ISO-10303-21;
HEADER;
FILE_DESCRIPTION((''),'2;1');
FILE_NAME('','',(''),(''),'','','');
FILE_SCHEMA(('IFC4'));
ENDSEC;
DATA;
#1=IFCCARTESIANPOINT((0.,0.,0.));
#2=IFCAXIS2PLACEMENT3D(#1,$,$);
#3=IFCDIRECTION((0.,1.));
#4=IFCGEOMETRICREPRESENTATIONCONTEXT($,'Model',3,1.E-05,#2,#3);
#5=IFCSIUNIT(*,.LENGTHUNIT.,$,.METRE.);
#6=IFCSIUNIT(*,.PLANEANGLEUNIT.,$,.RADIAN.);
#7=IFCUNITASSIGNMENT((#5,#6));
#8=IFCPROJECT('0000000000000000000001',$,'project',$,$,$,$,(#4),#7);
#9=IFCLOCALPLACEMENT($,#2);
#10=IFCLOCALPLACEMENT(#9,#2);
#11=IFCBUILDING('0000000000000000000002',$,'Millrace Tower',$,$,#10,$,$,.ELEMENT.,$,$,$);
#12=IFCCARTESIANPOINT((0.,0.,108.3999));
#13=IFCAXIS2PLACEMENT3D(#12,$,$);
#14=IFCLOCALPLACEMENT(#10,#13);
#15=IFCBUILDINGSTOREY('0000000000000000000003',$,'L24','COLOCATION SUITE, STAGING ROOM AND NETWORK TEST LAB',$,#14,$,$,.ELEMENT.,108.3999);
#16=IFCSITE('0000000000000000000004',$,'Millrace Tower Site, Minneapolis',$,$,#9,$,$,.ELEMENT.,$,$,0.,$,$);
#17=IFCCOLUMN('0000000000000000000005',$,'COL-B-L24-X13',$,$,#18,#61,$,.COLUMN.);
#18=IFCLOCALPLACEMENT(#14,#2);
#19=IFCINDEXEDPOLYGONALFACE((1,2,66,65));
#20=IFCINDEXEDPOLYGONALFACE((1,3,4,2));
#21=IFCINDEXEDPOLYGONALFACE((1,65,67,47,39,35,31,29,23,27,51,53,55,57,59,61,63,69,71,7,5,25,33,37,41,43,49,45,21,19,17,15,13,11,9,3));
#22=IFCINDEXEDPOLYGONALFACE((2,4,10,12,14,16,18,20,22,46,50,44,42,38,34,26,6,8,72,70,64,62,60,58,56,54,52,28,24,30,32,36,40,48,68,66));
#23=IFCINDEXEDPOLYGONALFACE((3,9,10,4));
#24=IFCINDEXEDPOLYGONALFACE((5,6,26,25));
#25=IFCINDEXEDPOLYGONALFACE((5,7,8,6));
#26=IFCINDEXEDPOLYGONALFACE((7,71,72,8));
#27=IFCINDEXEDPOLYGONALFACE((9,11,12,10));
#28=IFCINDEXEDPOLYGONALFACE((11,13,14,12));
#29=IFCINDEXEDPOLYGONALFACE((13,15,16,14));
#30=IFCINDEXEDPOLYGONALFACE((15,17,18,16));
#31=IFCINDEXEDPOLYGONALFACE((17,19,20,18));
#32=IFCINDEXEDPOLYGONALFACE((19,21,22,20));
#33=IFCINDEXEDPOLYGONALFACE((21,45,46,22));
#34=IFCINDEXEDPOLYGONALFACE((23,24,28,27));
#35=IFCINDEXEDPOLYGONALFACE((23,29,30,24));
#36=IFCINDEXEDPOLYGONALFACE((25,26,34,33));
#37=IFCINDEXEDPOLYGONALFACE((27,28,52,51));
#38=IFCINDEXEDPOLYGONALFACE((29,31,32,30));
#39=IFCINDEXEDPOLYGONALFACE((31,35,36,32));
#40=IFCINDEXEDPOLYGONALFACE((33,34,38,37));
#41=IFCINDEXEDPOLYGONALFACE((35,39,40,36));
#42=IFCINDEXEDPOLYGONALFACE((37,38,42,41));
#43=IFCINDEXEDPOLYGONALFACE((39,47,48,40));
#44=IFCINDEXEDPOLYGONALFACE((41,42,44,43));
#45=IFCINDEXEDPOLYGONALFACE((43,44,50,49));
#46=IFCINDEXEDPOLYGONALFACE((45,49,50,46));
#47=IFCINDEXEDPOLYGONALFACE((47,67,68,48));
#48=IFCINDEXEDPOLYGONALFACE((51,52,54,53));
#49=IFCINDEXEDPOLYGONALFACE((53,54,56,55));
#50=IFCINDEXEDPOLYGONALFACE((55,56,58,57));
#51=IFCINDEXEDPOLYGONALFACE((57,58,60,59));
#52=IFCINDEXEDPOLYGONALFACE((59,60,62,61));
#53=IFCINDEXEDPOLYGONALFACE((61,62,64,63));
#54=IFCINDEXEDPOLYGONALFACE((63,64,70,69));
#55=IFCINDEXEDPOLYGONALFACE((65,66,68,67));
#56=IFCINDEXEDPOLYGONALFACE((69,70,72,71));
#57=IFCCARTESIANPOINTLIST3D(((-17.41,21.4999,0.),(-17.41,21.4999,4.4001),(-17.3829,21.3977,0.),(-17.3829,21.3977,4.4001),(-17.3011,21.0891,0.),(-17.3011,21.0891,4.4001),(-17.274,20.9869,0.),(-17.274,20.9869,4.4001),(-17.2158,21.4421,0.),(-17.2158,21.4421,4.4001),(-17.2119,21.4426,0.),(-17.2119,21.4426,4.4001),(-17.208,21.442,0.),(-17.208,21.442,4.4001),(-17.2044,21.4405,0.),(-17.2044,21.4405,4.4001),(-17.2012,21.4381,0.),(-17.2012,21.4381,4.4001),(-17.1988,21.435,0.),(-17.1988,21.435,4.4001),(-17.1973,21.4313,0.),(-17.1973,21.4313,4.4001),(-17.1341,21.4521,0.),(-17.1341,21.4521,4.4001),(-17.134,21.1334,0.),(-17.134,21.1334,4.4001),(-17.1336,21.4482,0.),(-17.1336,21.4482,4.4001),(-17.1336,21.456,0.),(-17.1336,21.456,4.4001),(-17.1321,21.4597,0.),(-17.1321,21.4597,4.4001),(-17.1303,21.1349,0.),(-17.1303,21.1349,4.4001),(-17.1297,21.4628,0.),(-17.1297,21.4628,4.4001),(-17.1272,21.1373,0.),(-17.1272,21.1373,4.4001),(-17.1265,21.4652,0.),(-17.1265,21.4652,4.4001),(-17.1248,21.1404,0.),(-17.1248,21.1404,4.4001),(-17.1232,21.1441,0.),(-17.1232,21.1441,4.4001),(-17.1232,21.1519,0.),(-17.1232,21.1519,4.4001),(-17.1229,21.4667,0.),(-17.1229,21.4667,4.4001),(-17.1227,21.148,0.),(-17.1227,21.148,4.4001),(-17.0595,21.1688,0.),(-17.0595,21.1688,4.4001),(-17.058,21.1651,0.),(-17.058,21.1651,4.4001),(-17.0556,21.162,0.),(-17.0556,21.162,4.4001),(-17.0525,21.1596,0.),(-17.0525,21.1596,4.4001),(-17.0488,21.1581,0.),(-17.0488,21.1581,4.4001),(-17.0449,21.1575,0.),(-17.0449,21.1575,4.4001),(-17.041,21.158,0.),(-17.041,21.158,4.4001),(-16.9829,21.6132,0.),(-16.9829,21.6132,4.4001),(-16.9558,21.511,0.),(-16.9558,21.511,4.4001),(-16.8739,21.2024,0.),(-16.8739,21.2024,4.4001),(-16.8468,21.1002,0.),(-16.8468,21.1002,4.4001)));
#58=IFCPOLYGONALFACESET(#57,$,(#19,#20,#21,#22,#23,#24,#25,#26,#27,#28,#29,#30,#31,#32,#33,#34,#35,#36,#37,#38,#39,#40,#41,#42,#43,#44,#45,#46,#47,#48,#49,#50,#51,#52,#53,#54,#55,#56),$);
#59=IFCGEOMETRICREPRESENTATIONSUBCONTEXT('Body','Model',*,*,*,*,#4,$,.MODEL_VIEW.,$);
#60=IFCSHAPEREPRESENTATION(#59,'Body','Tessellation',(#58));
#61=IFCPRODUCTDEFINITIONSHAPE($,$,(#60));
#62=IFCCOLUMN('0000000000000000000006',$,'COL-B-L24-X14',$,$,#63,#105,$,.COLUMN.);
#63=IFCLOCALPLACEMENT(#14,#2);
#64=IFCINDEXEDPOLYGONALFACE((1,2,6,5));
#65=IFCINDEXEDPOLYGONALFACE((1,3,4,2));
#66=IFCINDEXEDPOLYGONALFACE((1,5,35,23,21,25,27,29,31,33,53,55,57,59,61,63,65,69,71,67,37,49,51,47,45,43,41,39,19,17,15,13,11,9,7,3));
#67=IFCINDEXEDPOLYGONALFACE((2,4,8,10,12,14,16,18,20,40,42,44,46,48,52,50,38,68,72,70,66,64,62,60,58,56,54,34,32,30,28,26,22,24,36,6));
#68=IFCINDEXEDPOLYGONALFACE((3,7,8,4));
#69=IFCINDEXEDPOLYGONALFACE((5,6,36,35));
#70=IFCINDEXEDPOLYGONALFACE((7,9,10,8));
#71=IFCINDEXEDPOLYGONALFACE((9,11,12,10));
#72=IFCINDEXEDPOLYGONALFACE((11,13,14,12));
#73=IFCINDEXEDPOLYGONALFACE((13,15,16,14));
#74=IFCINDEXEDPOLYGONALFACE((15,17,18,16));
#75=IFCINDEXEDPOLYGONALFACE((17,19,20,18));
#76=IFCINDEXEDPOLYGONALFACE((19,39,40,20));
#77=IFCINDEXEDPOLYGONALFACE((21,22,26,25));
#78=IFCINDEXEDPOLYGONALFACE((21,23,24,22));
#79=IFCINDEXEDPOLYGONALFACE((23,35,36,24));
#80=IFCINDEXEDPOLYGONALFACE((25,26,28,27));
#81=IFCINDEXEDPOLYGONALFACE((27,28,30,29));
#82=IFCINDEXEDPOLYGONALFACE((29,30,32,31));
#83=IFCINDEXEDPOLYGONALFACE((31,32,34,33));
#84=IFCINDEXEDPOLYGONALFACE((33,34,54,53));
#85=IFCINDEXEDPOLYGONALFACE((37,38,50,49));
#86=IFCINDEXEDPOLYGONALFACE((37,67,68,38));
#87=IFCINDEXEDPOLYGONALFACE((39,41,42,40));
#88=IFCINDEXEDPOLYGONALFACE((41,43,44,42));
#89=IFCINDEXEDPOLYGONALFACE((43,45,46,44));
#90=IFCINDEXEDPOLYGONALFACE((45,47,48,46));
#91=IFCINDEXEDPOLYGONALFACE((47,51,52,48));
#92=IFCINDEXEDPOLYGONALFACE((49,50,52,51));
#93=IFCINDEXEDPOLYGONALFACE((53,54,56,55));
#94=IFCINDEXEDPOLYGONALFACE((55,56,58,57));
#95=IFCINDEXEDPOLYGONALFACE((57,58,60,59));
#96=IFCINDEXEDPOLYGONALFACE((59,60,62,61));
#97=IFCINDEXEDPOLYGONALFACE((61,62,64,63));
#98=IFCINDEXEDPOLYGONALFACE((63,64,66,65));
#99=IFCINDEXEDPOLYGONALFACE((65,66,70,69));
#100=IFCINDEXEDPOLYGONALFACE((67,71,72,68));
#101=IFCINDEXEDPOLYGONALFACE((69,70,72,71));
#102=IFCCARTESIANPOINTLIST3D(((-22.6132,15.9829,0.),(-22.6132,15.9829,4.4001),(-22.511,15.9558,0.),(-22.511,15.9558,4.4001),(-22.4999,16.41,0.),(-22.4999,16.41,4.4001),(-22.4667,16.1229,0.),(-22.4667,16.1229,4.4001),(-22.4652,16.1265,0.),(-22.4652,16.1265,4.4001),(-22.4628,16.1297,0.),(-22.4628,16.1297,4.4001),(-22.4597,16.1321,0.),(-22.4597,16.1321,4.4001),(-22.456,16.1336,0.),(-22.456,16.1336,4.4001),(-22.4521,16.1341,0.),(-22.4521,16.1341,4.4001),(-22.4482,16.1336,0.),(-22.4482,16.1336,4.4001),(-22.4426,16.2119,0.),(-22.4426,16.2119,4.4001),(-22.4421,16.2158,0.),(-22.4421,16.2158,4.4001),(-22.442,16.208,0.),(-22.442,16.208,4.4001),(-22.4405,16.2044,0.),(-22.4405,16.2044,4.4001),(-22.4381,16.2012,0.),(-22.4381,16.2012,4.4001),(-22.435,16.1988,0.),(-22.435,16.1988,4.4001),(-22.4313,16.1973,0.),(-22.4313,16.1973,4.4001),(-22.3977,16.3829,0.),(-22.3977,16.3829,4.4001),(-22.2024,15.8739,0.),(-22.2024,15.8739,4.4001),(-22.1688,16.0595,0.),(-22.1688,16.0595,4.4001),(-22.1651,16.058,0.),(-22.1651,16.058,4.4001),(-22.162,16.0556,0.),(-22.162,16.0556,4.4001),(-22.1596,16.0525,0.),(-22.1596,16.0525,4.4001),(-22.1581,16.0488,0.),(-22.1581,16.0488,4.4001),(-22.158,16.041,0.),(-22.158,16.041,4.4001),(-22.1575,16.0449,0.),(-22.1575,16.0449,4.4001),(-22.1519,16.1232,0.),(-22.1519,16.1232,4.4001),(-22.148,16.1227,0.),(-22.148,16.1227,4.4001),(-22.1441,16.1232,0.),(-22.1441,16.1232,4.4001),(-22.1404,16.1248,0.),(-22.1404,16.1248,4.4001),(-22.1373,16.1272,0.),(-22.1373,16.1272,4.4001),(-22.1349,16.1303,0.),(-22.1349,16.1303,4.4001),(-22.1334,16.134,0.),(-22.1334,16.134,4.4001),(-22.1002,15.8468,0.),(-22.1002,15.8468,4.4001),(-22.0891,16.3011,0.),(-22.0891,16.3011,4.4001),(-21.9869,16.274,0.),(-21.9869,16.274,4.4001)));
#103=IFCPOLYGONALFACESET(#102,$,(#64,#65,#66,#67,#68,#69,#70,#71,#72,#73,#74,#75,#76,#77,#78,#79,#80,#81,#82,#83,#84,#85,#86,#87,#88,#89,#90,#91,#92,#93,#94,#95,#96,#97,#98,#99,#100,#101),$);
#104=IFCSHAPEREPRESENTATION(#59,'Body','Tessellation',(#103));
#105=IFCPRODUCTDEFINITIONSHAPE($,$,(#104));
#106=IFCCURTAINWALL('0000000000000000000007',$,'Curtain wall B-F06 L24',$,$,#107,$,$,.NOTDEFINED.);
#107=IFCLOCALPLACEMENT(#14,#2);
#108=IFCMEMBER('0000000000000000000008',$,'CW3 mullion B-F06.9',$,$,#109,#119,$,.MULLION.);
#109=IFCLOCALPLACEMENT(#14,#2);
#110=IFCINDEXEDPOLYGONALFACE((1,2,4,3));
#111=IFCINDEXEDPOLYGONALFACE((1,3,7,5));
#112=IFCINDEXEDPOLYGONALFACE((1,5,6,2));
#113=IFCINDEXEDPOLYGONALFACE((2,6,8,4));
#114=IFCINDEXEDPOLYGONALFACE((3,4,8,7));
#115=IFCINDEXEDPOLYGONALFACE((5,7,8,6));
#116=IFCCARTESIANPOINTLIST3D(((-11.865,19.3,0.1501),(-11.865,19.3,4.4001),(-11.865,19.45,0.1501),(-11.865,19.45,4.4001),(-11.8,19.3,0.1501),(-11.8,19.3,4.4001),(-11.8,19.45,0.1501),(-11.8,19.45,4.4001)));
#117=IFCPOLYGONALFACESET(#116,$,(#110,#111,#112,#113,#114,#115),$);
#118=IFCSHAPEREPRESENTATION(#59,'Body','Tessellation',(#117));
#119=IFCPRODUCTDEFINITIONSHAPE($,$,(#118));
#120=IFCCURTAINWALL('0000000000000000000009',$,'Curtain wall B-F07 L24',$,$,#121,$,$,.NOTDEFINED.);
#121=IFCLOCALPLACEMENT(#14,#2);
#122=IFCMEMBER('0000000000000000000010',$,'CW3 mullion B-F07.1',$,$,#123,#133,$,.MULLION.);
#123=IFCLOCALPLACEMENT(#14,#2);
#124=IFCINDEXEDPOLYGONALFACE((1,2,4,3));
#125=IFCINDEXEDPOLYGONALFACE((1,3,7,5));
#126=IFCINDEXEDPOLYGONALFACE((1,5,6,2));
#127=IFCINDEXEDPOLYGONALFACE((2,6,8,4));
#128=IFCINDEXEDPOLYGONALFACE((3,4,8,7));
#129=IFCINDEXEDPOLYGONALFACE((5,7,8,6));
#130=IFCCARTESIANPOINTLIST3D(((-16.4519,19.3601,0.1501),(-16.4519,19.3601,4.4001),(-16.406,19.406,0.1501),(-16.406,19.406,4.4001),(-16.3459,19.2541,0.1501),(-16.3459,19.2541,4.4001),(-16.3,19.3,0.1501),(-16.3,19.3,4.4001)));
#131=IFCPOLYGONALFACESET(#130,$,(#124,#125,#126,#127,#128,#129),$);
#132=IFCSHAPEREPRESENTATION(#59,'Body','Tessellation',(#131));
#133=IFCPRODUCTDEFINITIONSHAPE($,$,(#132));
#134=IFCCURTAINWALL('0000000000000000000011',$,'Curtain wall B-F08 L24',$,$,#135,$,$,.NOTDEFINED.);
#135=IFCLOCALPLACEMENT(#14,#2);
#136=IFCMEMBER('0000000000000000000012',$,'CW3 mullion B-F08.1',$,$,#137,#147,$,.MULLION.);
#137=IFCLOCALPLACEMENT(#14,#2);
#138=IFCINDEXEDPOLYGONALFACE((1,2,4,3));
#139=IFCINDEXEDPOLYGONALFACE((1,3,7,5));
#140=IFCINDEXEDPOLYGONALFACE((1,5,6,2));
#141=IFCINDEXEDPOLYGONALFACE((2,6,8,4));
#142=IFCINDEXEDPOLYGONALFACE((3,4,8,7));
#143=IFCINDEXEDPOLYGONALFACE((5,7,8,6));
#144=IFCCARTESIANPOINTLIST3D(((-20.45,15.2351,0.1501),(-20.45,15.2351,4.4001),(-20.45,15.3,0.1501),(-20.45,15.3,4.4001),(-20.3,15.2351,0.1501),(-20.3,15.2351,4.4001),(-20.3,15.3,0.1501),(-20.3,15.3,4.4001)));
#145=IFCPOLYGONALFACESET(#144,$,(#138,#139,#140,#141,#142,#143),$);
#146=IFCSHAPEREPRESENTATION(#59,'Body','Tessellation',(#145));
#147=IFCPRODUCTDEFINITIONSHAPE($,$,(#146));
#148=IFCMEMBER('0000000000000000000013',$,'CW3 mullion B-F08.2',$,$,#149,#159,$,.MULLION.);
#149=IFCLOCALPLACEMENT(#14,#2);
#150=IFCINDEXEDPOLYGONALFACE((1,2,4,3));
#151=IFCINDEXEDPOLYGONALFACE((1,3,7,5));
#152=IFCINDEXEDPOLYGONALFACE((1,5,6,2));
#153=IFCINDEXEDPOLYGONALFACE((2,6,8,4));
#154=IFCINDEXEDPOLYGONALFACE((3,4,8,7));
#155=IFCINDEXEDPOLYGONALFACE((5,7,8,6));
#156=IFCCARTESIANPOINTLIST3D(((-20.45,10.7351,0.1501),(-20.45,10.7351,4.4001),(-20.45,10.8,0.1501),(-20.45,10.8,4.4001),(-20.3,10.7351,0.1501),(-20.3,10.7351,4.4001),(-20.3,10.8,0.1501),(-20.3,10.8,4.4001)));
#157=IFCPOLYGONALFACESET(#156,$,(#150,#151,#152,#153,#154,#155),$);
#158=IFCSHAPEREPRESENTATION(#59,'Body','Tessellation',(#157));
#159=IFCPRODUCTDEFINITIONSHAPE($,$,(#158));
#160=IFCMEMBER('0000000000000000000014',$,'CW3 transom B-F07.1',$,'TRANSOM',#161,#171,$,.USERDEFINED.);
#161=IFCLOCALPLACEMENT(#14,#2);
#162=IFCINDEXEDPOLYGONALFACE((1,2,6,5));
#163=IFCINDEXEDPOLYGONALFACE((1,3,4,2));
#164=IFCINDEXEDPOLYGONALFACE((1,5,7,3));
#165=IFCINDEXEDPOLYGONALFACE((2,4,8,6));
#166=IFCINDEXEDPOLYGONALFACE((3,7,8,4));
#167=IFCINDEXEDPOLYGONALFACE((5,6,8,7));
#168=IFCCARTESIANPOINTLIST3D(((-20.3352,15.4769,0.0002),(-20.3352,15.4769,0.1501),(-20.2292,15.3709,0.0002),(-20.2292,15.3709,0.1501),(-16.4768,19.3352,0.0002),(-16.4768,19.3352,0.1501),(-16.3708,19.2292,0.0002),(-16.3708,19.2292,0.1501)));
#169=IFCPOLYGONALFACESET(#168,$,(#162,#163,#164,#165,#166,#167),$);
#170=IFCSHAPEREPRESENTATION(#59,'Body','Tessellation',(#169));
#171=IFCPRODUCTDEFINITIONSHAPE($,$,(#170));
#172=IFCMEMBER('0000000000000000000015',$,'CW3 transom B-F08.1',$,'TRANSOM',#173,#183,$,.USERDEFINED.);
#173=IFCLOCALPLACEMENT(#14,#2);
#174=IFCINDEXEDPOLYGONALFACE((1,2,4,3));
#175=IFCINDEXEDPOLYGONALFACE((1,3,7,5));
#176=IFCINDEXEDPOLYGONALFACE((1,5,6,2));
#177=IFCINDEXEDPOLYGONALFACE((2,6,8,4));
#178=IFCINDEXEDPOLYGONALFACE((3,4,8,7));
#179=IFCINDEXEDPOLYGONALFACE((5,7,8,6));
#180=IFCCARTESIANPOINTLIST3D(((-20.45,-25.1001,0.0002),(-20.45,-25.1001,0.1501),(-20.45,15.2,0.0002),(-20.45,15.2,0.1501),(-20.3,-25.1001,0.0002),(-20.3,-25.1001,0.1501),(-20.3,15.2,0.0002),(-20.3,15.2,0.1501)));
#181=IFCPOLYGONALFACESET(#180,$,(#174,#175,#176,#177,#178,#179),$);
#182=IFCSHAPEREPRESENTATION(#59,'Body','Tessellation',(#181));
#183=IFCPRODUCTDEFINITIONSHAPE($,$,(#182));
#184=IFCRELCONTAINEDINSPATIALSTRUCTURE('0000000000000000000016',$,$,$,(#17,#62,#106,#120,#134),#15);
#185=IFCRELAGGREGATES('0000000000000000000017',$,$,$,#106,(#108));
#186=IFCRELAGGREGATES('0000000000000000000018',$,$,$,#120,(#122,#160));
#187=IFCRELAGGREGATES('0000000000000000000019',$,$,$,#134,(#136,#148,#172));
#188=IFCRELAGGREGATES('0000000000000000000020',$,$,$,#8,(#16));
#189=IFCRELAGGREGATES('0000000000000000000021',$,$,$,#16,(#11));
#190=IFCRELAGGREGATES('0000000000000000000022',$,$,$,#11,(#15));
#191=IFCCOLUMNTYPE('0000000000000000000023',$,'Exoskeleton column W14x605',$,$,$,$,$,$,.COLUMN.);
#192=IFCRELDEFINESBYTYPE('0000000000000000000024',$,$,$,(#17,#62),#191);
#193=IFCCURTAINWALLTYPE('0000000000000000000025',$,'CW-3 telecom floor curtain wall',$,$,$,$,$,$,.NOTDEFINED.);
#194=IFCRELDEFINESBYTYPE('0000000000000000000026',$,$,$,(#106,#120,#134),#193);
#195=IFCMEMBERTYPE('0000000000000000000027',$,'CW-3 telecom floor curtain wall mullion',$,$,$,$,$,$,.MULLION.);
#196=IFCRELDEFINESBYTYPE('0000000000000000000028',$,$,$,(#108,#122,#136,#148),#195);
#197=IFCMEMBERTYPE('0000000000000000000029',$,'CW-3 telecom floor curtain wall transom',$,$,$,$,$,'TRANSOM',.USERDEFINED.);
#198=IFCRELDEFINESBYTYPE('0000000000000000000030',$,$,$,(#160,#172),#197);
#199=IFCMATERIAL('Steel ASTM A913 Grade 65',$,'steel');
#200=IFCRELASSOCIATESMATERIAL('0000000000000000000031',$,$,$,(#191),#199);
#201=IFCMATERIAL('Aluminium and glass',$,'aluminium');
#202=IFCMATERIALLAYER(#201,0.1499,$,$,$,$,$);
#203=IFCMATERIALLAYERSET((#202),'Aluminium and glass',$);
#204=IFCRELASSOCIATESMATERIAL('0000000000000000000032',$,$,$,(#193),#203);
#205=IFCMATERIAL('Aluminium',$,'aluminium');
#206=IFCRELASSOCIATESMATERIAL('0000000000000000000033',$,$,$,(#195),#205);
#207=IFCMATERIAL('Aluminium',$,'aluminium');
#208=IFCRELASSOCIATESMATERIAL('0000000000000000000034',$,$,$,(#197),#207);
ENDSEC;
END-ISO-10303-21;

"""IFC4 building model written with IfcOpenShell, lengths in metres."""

from ifc_helpers import new_model, si_unit, direction, frame, origin, origin_2d, place, context, subcontext, project, spatial, rectangle, i_section, extrude, material, layer, layer_set, material_profile, profile_set, type_object, element, aggregate, save


model = new_model("IFC4")

# Units and contexts
model_context = context("Model", 3, precision=1e-05, world=origin(), true_north=direction((0.0, 1.0)))
body_context = subcontext(model_context, "Body", "Model", "MODEL_VIEW")
ifc_project = project(units=[si_unit("LENGTHUNIT", "METRE"), si_unit("PLANEANGLEUNIT", "RADIAN")], contexts=[model_context])

# Site, building, storey
site_placement = place(None, origin())
site = spatial("IfcSite", under=ifc_project, at=site_placement, Name="Millrace Tower Site, Minneapolis", CompositionType="ELEMENT", RefElevation=0.0)
building_placement = place(site_placement, origin())
building = spatial("IfcBuilding", under=site, at=building_placement, Name="Millrace Tower", CompositionType="ELEMENT")
storey_placement = place(building_placement, frame((0.0, 0.0, 108.3999)))
storey = spatial("IfcBuildingStorey", under=building, at=storey_placement, Name="L24", Description="COLOCATION SUITE, STAGING ROOM AND NETWORK TEST LAB", CompositionType="ELEMENT", Elevation=108.3999)

# Columns
ifc_material_1 = material(Name="Steel ASTM A913 Grade 65", Category="steel")
ifc_material_profile_1 = material_profile(ifc_material_1, i_section(OverallWidth=0.4419, OverallDepth=0.5308, WebThickness=0.0659, FlangeThickness=0.1057, FilletRadius=0.0151, at=origin_2d()))
ifc_profile_set_1 = profile_set([ifc_material_profile_1], Name="Steel ASTM A913 Grade 65")
column_type = type_object("IfcColumnType", Name="Exoskeleton column W14x605", PredefinedType="COLUMN", material=ifc_profile_set_1)
for number, where, z_axis, x_axis, name in (
    (1, (-17.1284, 21.3, 0.0), (0.0, 0.0, 1.0), (-0.966585, -0.256347, 0.0), "COL-B-L24-X13"),
    (2, (-22.3, 16.1284, 0.0), (0.0, 0.0, 1.0), (-0.256347, -0.966585, 0.0), "COL-B-L24-X14"),
):
    element("IfcColumn", number, at=place(storey_placement, frame(where, z_axis=z_axis, x_axis=x_axis)), inside=storey, type_object=column_type, Name=name, PredefinedType="COLUMN", context=body_context, shape_type="SweptSolid", body=[
        extrude(i_section(OverallWidth=0.4419, OverallDepth=0.5308, WebThickness=0.0659, FlangeThickness=0.1057, FilletRadius=0.0151, at=origin_2d()), origin(), (0.0, 0.0, 1.0), 4.4001),
    ])

# Curtain walls, members
ifc_material_2 = material(Name="Aluminium and glass", Category="aluminium")
ifc_layer_1 = layer(ifc_material_2, 0.1499)
ifc_layer_set_1 = layer_set([ifc_layer_1], Name="Aluminium and glass")
curtain_wall_type = type_object("IfcCurtainWallType", Name="CW-3 telecom floor curtain wall", PredefinedType="NOTDEFINED", material=ifc_layer_set_1)
placement = place(storey_placement, origin())
curtain_wall_1 = element("IfcCurtainWall", 3, at=placement, inside=storey, type_object=curtain_wall_type, Name="Curtain wall B-F06 L24", PredefinedType="NOTDEFINED")
ifc_material_3 = material(Name="Aluminium", Category="aluminium")
ifc_material_profile_2 = material_profile(ifc_material_3, rectangle(XDim=0.0649, YDim=0.1499, at=origin_2d()))
ifc_profile_set_2 = profile_set([ifc_material_profile_2], Name="Aluminium")
member_type_1 = type_object("IfcMemberType", Name="CW-3 telecom floor curtain wall mullion", PredefinedType="MULLION", material=ifc_profile_set_2)
member_1_placement = place(storey_placement, frame((-11.8325, 19.375, 0.1501), z_axis=(0.0, 0.0, 1.0), x_axis=(-1.0, 0.0, 0.0)))
member_1 = element("IfcMember", 4, at=member_1_placement, type_object=member_type_1, Name="CW3 mullion B-F06.9", PredefinedType="MULLION", context=body_context, shape_type="SweptSolid", body=[
    extrude(rectangle(XDim=0.0649, YDim=0.1499, at=origin_2d()), origin(), (0.0, 0.0, 1.0), 4.25),
])
aggregate(curtain_wall_1, [member_1])
curtain_wall_2 = element("IfcCurtainWall", 5, at=placement, inside=storey, type_object=curtain_wall_type, Name="Curtain wall B-F07 L24", PredefinedType="NOTDEFINED")
member_2_placement = place(storey_placement, frame((-16.376, 19.3301, 0.1501), z_axis=(0.0, 0.0, 1.0), x_axis=(-0.707107, -0.707107, 0.0)))
member_2 = element("IfcMember", 6, at=member_2_placement, type_object=member_type_1, Name="CW3 mullion B-F07.1", PredefinedType="MULLION", context=body_context, shape_type="SweptSolid", body=[
    extrude(rectangle(XDim=0.0649, YDim=0.1499, at=origin_2d()), origin(), (0.0, 0.0, 1.0), 4.25),
])

# Curtain wall, members
curtain_wall_3 = element("IfcCurtainWall", 7, at=placement, inside=storey, type_object=curtain_wall_type, Name="Curtain wall B-F08 L24", PredefinedType="NOTDEFINED")
member_3_placement = place(storey_placement, frame((-20.375, 15.2676, 0.1501), z_axis=(0.0, 0.0, 1.0), x_axis=(0.0, -1.0, 0.0)))
member_3 = element("IfcMember", 8, at=member_3_placement, type_object=member_type_1, Name="CW3 mullion B-F08.1", PredefinedType="MULLION", context=body_context, shape_type="SweptSolid", body=[
    extrude(rectangle(XDim=0.0649, YDim=0.1499, at=origin_2d()), origin(), (0.0, 0.0, 1.0), 4.25),
])
member_4_placement = place(storey_placement, frame((-20.375, 10.7676, 0.1501), z_axis=(0.0, 0.0, 1.0), x_axis=(0.0, -1.0, 0.0)))
member_4 = element("IfcMember", 9, at=member_4_placement, type_object=member_type_1, Name="CW3 mullion B-F08.2", PredefinedType="MULLION", context=body_context, shape_type="SweptSolid", body=[
    extrude(rectangle(XDim=0.0649, YDim=0.1499, at=origin_2d()), origin(), (0.0, 0.0, 1.0), 4.25),
])

# Members
ifc_material_4 = material(Name="Aluminium", Category="aluminium")
ifc_material_profile_3 = material_profile(ifc_material_4, rectangle(XDim=0.1499, YDim=0.1499, at=origin_2d()))
ifc_profile_set_3 = profile_set([ifc_material_profile_3], Name="Aluminium")
member_type_2 = type_object("IfcMemberType", Name="CW-3 telecom floor curtain wall transom", ElementType="TRANSOM", PredefinedType="USERDEFINED", material=ifc_profile_set_3)
member_5_placement = place(storey_placement, frame((-16.4238, 19.2822, 0.0752), z_axis=(-0.707107, -0.707107, 0.0), x_axis=(0.707107, -0.707107, 0.0)))
member_5 = element("IfcMember", 10, at=member_5_placement, type_object=member_type_2, Name="CW3 transom B-F07.1", ObjectType="TRANSOM", PredefinedType="USERDEFINED", context=body_context, shape_type="SweptSolid", body=[
    extrude(rectangle(XDim=0.1499, YDim=0.1499, at=origin_2d()), origin(), (0.0, 0.0, 1.0), 5.4565),
])
aggregate(curtain_wall_2, [member_2, member_5])
member_6_placement = place(storey_placement, frame((-20.375, 15.2, 0.0752), z_axis=(0.0, -1.0, 0.0), x_axis=(1.0, 0.0, 0.0)))
member_6 = element("IfcMember", 11, at=member_6_placement, type_object=member_type_2, Name="CW3 transom B-F08.1", ObjectType="TRANSOM", PredefinedType="USERDEFINED", context=body_context, shape_type="SweptSolid", body=[
    extrude(rectangle(XDim=0.1499, YDim=0.1499, at=origin_2d()), origin(), (0.0, 0.0, 1.0), 40.3),
])
aggregate(curtain_wall_3, [member_3, member_4, member_6])

save(model, "model.ifc")
